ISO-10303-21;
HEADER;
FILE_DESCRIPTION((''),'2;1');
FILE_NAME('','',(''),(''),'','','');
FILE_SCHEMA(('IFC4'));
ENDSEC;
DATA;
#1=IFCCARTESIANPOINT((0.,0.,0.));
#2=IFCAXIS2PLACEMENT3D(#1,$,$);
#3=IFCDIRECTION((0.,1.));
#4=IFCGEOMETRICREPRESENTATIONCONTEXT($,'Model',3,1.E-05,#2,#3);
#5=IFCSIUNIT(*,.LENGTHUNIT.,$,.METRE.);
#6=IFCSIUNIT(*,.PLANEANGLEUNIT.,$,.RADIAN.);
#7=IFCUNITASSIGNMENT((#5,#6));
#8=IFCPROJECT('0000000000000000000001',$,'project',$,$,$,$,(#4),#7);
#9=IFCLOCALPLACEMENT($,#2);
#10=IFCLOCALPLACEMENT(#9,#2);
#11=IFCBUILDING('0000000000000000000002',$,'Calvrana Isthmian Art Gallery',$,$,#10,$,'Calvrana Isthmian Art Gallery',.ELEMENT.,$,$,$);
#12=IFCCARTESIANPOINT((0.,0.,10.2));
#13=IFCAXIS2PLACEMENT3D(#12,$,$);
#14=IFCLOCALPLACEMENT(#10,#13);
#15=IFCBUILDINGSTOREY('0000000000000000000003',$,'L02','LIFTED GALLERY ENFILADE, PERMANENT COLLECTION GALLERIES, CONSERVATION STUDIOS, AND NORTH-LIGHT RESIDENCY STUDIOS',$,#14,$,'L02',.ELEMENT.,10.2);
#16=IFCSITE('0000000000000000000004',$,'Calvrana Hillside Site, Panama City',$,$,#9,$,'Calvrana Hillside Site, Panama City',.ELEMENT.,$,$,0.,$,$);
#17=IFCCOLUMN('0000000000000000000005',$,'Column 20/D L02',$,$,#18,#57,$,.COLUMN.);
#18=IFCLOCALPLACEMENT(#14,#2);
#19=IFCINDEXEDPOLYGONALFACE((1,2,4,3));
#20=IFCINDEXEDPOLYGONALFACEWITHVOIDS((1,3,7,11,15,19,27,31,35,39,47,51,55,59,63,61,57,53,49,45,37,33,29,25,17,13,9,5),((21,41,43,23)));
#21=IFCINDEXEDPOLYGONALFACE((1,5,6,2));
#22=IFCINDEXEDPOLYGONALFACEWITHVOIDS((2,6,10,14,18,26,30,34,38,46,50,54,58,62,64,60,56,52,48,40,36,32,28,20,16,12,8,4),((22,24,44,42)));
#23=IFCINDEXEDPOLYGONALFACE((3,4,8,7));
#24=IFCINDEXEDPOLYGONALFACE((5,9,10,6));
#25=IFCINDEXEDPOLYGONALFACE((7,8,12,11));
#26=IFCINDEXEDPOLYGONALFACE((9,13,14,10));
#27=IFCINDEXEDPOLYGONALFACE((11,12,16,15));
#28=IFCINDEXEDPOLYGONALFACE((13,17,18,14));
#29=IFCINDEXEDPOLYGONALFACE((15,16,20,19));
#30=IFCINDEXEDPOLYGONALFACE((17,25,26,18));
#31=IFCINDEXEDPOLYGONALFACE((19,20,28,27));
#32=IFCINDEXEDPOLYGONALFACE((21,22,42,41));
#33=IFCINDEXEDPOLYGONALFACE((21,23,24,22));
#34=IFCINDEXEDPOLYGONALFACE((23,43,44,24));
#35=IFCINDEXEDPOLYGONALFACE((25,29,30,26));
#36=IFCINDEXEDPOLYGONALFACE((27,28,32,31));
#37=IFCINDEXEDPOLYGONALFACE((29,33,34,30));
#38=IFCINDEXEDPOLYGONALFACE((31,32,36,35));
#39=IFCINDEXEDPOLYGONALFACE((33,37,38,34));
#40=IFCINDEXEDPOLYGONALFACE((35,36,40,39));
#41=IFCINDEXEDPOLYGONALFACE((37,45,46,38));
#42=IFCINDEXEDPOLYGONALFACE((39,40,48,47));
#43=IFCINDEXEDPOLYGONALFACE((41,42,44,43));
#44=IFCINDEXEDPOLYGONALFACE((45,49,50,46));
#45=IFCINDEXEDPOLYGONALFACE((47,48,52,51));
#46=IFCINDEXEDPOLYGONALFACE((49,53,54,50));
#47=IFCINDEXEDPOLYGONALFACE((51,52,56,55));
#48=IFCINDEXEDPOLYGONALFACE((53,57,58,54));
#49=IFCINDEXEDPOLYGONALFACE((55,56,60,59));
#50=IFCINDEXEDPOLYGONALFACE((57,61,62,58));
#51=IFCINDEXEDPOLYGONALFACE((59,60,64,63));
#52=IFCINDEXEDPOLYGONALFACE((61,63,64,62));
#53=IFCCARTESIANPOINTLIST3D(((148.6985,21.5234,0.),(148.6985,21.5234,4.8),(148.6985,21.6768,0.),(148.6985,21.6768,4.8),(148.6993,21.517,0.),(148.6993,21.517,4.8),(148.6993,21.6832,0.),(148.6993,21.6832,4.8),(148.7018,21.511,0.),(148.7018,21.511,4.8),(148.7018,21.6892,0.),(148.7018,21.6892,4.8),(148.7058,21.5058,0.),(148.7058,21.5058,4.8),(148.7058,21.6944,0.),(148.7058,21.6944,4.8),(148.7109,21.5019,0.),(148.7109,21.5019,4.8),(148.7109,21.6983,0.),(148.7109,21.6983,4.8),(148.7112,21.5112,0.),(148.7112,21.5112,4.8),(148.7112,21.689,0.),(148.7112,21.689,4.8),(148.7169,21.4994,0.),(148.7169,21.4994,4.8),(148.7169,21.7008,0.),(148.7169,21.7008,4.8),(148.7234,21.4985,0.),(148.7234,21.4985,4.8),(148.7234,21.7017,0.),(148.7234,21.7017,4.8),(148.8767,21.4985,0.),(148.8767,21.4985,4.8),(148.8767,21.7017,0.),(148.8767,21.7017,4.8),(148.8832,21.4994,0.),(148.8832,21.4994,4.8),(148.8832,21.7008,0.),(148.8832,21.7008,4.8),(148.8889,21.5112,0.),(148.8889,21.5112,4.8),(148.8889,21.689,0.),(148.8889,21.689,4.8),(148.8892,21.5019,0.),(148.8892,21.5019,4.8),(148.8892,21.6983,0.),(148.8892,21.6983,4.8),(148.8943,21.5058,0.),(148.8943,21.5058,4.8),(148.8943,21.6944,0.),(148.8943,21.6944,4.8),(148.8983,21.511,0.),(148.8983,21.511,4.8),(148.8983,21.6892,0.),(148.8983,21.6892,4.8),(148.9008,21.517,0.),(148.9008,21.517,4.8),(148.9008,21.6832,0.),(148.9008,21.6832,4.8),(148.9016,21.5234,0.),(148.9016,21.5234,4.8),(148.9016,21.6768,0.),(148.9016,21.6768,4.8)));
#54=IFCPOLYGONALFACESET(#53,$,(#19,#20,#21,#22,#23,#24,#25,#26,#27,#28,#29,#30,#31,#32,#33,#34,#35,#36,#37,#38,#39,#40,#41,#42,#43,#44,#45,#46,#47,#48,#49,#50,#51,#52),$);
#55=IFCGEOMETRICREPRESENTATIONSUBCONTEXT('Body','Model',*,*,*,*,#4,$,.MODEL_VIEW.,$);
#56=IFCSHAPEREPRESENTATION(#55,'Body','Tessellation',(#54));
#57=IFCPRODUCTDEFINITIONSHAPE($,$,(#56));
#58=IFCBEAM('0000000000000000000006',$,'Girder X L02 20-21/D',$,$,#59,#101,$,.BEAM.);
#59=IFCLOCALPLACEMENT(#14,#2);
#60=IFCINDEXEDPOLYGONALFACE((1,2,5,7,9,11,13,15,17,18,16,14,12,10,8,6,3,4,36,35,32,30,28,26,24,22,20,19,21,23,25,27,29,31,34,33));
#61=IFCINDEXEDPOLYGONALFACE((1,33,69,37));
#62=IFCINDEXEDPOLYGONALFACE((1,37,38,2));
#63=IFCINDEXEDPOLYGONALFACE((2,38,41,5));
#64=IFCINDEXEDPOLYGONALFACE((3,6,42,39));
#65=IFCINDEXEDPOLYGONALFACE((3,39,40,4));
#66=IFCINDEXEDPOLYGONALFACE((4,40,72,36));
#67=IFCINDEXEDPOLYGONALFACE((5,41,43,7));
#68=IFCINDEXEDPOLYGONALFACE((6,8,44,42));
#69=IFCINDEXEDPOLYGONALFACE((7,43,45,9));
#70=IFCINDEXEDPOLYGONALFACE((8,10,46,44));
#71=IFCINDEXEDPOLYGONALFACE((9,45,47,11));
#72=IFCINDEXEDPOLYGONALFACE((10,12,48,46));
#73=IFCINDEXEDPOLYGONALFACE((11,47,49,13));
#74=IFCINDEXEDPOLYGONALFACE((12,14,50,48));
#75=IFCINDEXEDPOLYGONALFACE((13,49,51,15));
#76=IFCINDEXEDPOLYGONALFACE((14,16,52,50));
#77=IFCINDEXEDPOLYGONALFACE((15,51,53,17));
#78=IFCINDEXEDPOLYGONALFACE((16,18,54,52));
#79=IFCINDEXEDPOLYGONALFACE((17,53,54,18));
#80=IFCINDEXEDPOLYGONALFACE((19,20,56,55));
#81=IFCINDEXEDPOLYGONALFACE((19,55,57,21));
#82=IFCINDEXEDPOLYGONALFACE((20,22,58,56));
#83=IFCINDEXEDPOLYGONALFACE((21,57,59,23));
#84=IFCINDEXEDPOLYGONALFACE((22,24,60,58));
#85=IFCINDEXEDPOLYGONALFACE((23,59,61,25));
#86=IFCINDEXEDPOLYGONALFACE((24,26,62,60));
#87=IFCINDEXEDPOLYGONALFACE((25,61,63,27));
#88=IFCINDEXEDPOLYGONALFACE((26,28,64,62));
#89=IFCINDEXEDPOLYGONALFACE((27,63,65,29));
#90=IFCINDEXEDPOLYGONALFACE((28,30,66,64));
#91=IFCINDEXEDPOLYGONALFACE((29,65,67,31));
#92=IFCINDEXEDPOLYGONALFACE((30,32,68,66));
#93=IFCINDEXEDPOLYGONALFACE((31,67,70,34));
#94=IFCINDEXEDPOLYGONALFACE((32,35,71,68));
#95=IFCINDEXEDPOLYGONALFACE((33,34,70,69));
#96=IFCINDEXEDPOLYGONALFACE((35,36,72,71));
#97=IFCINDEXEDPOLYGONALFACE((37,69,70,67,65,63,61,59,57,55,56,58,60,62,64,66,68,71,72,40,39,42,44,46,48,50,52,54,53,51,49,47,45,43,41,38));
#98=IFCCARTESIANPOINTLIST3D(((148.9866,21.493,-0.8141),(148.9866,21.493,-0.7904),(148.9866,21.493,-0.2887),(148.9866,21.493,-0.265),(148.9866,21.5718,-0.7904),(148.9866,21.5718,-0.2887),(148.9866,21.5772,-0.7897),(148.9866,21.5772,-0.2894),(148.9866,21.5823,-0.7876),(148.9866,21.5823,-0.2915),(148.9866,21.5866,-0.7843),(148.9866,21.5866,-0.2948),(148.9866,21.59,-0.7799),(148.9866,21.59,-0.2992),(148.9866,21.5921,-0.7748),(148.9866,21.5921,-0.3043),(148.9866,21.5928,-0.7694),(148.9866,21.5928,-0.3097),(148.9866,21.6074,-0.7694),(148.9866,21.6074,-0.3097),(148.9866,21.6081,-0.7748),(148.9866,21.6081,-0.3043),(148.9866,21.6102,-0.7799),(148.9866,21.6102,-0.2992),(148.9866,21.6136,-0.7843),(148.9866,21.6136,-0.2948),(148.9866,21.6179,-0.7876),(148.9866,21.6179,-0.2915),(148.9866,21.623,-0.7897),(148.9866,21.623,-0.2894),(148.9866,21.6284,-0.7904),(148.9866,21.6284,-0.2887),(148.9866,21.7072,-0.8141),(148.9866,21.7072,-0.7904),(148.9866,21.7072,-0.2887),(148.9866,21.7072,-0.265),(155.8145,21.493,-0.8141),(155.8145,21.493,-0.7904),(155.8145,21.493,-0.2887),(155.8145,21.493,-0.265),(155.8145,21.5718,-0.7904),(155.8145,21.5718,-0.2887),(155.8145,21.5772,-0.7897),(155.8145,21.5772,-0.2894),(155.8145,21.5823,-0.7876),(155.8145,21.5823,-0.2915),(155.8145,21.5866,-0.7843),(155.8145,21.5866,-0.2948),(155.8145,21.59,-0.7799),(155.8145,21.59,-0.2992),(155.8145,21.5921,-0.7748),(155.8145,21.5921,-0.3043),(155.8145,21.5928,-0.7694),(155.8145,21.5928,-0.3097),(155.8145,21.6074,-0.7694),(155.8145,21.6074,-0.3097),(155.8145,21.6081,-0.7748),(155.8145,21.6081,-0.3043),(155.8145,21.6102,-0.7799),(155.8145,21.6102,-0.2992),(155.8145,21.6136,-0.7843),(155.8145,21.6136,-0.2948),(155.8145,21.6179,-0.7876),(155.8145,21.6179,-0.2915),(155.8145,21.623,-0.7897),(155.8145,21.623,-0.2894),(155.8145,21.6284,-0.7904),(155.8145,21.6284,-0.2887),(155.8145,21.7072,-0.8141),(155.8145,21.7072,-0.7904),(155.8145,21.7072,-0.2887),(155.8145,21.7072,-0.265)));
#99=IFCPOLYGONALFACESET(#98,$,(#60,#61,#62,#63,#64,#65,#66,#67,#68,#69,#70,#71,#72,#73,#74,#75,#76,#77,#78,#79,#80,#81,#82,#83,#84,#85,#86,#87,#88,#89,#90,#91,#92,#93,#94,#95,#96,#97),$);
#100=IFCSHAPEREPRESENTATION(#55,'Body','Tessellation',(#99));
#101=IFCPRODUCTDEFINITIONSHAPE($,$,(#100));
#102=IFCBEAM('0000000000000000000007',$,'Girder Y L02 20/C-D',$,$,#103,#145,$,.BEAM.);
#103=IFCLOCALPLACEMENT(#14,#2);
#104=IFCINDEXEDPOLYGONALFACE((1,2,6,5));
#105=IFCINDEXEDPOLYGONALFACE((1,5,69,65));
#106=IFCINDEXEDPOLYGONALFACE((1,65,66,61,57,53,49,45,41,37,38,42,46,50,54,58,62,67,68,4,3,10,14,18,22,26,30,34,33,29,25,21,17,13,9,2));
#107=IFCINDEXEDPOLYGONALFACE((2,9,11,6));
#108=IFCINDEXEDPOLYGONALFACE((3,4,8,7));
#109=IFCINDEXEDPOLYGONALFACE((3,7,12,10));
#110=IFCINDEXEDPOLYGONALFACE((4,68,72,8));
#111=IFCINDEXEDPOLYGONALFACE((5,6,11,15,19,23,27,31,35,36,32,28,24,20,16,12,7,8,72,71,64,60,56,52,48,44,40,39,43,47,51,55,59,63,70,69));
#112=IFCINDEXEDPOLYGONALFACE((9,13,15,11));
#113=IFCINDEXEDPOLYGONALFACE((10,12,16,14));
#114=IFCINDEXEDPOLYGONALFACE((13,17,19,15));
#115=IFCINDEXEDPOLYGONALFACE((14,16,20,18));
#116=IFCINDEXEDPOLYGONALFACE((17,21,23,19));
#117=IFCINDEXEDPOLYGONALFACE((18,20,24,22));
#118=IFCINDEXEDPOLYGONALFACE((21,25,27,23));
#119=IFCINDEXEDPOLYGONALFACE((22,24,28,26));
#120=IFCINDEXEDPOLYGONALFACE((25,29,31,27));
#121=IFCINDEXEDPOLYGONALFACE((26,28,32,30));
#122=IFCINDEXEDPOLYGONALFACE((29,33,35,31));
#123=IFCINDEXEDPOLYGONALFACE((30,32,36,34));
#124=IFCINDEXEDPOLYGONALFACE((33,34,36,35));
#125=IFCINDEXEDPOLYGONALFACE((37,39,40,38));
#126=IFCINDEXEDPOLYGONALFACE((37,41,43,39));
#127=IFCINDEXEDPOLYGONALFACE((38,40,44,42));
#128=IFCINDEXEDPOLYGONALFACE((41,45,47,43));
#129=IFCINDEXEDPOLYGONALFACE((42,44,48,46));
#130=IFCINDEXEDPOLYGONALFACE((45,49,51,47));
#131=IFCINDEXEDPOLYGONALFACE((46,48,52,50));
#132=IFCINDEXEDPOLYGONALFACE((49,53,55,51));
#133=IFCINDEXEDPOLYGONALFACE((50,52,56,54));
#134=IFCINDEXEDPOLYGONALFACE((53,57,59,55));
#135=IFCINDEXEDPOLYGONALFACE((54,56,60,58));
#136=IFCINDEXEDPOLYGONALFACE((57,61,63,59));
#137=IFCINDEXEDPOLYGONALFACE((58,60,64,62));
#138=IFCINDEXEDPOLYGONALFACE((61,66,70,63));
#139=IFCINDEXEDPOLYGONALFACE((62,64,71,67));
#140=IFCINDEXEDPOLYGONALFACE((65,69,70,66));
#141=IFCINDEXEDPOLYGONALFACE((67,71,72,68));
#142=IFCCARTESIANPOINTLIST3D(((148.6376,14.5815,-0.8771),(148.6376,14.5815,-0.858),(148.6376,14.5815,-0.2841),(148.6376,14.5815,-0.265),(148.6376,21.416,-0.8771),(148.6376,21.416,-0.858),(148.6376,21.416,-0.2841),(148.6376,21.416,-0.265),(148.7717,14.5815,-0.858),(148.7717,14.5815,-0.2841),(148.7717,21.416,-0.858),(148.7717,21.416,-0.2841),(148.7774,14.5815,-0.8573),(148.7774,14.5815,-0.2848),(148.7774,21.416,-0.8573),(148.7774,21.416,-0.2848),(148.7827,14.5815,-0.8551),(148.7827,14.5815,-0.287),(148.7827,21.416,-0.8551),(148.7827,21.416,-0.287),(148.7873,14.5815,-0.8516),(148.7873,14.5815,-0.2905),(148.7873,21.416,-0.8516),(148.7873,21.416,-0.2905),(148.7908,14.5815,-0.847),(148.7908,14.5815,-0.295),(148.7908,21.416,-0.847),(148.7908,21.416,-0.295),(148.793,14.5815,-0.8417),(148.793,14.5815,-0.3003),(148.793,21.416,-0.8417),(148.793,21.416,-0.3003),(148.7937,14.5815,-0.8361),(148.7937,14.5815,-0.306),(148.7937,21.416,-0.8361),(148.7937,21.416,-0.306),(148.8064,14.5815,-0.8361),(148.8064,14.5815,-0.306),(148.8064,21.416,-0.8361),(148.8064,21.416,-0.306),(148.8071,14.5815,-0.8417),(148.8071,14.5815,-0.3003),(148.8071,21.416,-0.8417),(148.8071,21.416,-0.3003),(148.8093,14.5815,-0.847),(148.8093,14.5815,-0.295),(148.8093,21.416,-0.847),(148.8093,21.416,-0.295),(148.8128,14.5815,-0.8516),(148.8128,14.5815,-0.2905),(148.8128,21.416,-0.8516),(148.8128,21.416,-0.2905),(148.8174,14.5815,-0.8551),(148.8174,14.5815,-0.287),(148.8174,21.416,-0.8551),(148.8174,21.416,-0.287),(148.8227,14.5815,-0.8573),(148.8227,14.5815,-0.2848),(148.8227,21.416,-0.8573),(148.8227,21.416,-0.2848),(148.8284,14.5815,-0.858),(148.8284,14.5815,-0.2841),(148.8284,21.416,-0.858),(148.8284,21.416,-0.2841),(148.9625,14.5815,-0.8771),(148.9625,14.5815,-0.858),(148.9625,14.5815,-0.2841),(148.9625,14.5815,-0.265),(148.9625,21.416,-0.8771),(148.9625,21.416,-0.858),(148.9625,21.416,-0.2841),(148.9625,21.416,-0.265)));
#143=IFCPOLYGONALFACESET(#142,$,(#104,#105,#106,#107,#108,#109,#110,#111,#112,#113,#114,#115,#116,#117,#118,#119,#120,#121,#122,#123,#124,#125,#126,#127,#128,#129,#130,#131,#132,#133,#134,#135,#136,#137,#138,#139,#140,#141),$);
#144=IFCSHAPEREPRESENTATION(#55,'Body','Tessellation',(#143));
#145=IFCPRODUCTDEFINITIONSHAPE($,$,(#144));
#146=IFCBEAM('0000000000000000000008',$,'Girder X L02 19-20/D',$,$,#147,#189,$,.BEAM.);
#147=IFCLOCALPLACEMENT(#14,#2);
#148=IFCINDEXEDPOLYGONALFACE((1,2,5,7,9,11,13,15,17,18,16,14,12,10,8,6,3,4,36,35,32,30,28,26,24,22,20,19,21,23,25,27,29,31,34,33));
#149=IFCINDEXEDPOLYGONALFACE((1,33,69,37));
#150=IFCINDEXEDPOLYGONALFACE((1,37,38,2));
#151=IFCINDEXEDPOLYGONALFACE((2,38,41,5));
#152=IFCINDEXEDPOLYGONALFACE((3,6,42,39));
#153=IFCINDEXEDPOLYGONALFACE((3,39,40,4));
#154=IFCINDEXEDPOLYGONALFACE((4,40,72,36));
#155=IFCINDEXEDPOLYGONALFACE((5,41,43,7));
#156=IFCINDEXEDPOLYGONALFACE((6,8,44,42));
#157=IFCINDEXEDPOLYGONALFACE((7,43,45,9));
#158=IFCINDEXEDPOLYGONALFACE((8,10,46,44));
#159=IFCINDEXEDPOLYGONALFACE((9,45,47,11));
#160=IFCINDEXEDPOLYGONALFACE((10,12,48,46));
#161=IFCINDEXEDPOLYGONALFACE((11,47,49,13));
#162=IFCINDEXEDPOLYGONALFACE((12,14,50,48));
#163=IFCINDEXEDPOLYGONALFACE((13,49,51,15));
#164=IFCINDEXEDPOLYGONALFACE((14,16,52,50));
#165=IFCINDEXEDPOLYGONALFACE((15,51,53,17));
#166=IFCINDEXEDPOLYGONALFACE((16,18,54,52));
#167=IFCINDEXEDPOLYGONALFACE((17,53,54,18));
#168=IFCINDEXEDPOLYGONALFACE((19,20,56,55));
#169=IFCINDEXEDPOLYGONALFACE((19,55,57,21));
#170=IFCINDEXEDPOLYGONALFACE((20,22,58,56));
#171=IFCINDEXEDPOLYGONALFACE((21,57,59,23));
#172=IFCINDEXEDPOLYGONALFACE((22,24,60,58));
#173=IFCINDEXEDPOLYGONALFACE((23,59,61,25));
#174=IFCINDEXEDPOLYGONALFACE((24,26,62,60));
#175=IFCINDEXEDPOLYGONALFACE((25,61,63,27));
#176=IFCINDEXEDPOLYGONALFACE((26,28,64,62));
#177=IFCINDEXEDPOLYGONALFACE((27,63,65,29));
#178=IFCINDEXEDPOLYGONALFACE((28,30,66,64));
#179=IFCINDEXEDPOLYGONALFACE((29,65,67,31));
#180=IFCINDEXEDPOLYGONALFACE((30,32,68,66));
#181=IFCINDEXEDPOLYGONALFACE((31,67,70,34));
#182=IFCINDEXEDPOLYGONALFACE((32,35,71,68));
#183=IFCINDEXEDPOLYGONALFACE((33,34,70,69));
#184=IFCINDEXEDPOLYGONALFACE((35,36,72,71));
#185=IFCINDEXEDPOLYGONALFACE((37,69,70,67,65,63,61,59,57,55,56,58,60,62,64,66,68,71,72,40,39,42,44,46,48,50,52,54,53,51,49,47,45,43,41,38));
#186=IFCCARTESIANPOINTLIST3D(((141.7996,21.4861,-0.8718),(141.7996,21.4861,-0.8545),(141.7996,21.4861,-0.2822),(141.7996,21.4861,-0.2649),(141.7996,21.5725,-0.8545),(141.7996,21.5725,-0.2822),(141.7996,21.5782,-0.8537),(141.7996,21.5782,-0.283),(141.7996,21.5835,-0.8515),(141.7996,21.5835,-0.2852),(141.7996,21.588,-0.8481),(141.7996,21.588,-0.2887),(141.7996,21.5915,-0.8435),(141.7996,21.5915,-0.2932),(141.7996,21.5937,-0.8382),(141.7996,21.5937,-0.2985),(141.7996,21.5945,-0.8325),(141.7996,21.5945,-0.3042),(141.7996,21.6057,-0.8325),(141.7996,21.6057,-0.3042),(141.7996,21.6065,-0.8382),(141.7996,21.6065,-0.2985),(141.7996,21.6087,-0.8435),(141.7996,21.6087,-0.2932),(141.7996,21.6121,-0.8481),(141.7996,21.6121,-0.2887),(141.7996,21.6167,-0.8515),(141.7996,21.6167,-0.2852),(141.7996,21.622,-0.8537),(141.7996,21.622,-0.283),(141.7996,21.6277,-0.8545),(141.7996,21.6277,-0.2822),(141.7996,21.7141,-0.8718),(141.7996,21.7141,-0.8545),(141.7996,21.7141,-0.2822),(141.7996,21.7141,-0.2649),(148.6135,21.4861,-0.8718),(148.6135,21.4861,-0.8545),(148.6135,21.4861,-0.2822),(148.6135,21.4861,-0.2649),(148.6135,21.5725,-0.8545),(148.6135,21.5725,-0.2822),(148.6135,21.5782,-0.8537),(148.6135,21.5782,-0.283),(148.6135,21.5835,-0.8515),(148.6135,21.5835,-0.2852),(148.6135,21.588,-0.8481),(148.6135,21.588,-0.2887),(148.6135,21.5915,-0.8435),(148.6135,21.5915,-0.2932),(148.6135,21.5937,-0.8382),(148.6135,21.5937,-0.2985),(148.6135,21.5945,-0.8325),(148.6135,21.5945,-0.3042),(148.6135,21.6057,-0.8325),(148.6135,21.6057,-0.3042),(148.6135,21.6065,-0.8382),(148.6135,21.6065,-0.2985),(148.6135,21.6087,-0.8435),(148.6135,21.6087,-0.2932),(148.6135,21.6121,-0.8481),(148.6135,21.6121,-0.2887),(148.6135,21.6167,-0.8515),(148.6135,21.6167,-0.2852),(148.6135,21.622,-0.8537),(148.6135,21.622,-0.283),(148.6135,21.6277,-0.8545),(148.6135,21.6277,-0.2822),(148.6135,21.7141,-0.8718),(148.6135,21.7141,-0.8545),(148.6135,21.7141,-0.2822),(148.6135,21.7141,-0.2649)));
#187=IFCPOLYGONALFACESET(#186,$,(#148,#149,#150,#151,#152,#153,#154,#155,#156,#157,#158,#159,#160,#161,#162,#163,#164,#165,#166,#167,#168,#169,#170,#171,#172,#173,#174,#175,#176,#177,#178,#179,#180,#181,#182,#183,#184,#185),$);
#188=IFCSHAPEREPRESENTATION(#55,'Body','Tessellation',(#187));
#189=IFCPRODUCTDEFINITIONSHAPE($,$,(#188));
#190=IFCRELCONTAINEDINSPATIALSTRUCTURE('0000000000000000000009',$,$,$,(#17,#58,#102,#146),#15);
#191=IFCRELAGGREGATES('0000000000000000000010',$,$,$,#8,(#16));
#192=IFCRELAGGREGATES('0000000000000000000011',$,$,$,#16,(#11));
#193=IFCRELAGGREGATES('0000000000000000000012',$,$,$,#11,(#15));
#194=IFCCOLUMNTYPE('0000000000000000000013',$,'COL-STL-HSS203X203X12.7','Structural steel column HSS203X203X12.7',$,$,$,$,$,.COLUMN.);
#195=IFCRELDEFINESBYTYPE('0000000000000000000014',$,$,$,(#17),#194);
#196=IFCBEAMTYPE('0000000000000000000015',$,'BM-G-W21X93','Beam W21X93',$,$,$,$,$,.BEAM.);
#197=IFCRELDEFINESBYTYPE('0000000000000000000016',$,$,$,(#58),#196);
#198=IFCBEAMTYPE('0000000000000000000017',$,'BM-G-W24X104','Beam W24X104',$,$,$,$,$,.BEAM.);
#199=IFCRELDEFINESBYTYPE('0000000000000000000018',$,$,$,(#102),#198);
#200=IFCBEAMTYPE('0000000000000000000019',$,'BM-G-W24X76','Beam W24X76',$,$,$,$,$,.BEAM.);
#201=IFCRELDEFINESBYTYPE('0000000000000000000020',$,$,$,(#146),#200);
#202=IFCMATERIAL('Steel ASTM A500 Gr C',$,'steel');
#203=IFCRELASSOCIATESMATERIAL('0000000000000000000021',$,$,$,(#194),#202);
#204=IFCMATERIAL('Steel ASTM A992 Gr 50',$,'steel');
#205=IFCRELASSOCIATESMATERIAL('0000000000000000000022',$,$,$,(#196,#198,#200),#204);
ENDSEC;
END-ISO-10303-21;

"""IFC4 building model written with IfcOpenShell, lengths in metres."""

from ifc_helpers import new_model, si_unit, direction, frame, origin, origin_2d, place, context, subcontext, project, spatial, hollow_rectangle, i_section, extrude, material, material_profile, profile_set, type_object, element, save


model = new_model("IFC4")

# Units and contexts
model_context = context("Model", 3, precision=1e-05, world=origin(), true_north=direction((0.0, 1.0)))
body_context = subcontext(model_context, "Body", "Model", "MODEL_VIEW")
ifc_project = project(units=[si_unit("LENGTHUNIT", "METRE"), si_unit("PLANEANGLEUNIT", "RADIAN")], contexts=[model_context])

# Site, building, storey
site_placement = place(None, origin())
site = spatial("IfcSite", under=ifc_project, at=site_placement, Name="Calvrana Hillside Site, Panama City", LongName="Calvrana Hillside Site, Panama City", CompositionType="ELEMENT", RefElevation=0.0)
building_placement = place(site_placement, origin())
building = spatial("IfcBuilding", under=site, at=building_placement, Name="Calvrana Isthmian Art Gallery", LongName="Calvrana Isthmian Art Gallery", CompositionType="ELEMENT")
storey_placement = place(building_placement, frame((0.0, 0.0, 10.2)))
storey = spatial("IfcBuildingStorey", under=building, at=storey_placement, Name="L02", Description="LIFTED GALLERY ENFILADE, PERMANENT COLLECTION GALLERIES, CONSERVATION STUDIOS, AND NORTH-LIGHT RESIDENCY STUDIOS", LongName="L02", CompositionType="ELEMENT", Elevation=10.2)

# Column
ifc_material_1 = material(Name="Steel ASTM A500 Gr C", Category="steel")
ifc_material_profile_1 = material_profile(ifc_material_1, hollow_rectangle(XDim=0.2031, YDim=0.2031, WallThickness=0.0127, OuterFilletRadius=0.0249, at=origin_2d()), Name="HSS203X203X12.7")
ifc_profile_set_1 = profile_set([ifc_material_profile_1], Name="Steel ASTM A500 Gr C")
column_type = type_object("IfcColumnType", Name="COL-STL-HSS203X203X12.7", Description="Structural steel column HSS203X203X12.7", PredefinedType="COLUMN", material=ifc_profile_set_1)
column_placement = place(storey_placement, frame((148.8, 21.6001, 0.0), z_axis=(0.0, 0.0, 1.0), x_axis=(1.0, 0.0, 0.0)))
element("IfcColumn", 1, at=column_placement, inside=storey, type_object=column_type, Name="Column 20/D L02", PredefinedType="COLUMN", context=body_context, shape_type="SweptSolid", body=[
    extrude(hollow_rectangle(XDim=0.2031, YDim=0.2031, WallThickness=0.0127, OuterFilletRadius=0.0249, at=origin_2d()), origin(), (0.0, 0.0, 1.0), 4.8),
])

# Beams
ifc_material_2 = material(Name="Steel ASTM A992 Gr 50", Category="steel")
ifc_material_profile_2 = material_profile(ifc_material_2, i_section(OverallWidth=0.2141, OverallDepth=0.5491, WebThickness=0.0146, FlangeThickness=0.0237, FilletRadius=0.021, at=origin_2d()), Name="W21X93")
ifc_profile_set_2 = profile_set([ifc_material_profile_2], Name="Steel ASTM A992 Gr 50")
beam_type_1 = type_object("IfcBeamType", Name="BM-G-W21X93", Description="Beam W21X93", PredefinedType="BEAM", material=ifc_profile_set_2)
beam_1_placement = place(storey_placement, frame((148.9866, 21.6001, -0.5396), z_axis=(1.0, 0.0, 0.0), x_axis=(0.0, 1.0, 0.0)))
element("IfcBeam", 2, at=beam_1_placement, inside=storey, type_object=beam_type_1, Name="Girder X L02 20-21/D", PredefinedType="BEAM", context=body_context, shape_type="SweptSolid", body=[
    extrude(i_section(OverallWidth=0.2141, OverallDepth=0.5491, WebThickness=0.0146, FlangeThickness=0.0237, FilletRadius=0.021, at=origin_2d()), origin(), (0.0, 0.0, 1.0), 6.8279),
])
ifc_material_profile_3 = material_profile(ifc_material_2, i_section(OverallWidth=0.325, OverallDepth=0.6121, WebThickness=0.0127, FlangeThickness=0.019, FilletRadius=0.022, at=origin_2d()), Name="W24X104")
ifc_profile_set_3 = profile_set([ifc_material_profile_3], Name="Steel ASTM A992 Gr 50")
beam_type_2 = type_object("IfcBeamType", Name="BM-G-W24X104", Description="Beam W24X104", PredefinedType="BEAM", material=ifc_profile_set_3)
beam_2_placement = place(storey_placement, frame((148.8, 14.5815, -0.571), z_axis=(0.0, 1.0, 0.0), x_axis=(-1.0, 0.0, 0.0)))
element("IfcBeam", 3, at=beam_2_placement, inside=storey, type_object=beam_type_2, Name="Girder Y L02 20/C-D", PredefinedType="BEAM", context=body_context, shape_type="SweptSolid", body=[
    extrude(i_section(OverallWidth=0.325, OverallDepth=0.6121, WebThickness=0.0127, FlangeThickness=0.019, FilletRadius=0.022, at=origin_2d()), origin(), (0.0, 0.0, 1.0), 6.8345),
])
ifc_material_profile_4 = material_profile(ifc_material_2, i_section(OverallWidth=0.228, OverallDepth=0.6069, WebThickness=0.0112, FlangeThickness=0.0173, FilletRadius=0.022, at=origin_2d()), Name="W24X76")
ifc_profile_set_4 = profile_set([ifc_material_profile_4], Name="Steel ASTM A992 Gr 50")
beam_type_3 = type_object("IfcBeamType", Name="BM-G-W24X76", Description="Beam W24X76", PredefinedType="BEAM", material=ifc_profile_set_4)
beam_3_placement = place(storey_placement, frame((141.7996, 21.6001, -0.5684), z_axis=(1.0, 0.0, 0.0), x_axis=(0.0, 1.0, 0.0)))
element("IfcBeam", 4, at=beam_3_placement, inside=storey, type_object=beam_type_3, Name="Girder X L02 19-20/D", PredefinedType="BEAM", context=body_context, shape_type="SweptSolid", body=[
    extrude(i_section(OverallWidth=0.228, OverallDepth=0.6069, WebThickness=0.0112, FlangeThickness=0.0173, FilletRadius=0.022, at=origin_2d()), origin(), (0.0, 0.0, 1.0), 6.814),
])

save(model, "model.ifc")
